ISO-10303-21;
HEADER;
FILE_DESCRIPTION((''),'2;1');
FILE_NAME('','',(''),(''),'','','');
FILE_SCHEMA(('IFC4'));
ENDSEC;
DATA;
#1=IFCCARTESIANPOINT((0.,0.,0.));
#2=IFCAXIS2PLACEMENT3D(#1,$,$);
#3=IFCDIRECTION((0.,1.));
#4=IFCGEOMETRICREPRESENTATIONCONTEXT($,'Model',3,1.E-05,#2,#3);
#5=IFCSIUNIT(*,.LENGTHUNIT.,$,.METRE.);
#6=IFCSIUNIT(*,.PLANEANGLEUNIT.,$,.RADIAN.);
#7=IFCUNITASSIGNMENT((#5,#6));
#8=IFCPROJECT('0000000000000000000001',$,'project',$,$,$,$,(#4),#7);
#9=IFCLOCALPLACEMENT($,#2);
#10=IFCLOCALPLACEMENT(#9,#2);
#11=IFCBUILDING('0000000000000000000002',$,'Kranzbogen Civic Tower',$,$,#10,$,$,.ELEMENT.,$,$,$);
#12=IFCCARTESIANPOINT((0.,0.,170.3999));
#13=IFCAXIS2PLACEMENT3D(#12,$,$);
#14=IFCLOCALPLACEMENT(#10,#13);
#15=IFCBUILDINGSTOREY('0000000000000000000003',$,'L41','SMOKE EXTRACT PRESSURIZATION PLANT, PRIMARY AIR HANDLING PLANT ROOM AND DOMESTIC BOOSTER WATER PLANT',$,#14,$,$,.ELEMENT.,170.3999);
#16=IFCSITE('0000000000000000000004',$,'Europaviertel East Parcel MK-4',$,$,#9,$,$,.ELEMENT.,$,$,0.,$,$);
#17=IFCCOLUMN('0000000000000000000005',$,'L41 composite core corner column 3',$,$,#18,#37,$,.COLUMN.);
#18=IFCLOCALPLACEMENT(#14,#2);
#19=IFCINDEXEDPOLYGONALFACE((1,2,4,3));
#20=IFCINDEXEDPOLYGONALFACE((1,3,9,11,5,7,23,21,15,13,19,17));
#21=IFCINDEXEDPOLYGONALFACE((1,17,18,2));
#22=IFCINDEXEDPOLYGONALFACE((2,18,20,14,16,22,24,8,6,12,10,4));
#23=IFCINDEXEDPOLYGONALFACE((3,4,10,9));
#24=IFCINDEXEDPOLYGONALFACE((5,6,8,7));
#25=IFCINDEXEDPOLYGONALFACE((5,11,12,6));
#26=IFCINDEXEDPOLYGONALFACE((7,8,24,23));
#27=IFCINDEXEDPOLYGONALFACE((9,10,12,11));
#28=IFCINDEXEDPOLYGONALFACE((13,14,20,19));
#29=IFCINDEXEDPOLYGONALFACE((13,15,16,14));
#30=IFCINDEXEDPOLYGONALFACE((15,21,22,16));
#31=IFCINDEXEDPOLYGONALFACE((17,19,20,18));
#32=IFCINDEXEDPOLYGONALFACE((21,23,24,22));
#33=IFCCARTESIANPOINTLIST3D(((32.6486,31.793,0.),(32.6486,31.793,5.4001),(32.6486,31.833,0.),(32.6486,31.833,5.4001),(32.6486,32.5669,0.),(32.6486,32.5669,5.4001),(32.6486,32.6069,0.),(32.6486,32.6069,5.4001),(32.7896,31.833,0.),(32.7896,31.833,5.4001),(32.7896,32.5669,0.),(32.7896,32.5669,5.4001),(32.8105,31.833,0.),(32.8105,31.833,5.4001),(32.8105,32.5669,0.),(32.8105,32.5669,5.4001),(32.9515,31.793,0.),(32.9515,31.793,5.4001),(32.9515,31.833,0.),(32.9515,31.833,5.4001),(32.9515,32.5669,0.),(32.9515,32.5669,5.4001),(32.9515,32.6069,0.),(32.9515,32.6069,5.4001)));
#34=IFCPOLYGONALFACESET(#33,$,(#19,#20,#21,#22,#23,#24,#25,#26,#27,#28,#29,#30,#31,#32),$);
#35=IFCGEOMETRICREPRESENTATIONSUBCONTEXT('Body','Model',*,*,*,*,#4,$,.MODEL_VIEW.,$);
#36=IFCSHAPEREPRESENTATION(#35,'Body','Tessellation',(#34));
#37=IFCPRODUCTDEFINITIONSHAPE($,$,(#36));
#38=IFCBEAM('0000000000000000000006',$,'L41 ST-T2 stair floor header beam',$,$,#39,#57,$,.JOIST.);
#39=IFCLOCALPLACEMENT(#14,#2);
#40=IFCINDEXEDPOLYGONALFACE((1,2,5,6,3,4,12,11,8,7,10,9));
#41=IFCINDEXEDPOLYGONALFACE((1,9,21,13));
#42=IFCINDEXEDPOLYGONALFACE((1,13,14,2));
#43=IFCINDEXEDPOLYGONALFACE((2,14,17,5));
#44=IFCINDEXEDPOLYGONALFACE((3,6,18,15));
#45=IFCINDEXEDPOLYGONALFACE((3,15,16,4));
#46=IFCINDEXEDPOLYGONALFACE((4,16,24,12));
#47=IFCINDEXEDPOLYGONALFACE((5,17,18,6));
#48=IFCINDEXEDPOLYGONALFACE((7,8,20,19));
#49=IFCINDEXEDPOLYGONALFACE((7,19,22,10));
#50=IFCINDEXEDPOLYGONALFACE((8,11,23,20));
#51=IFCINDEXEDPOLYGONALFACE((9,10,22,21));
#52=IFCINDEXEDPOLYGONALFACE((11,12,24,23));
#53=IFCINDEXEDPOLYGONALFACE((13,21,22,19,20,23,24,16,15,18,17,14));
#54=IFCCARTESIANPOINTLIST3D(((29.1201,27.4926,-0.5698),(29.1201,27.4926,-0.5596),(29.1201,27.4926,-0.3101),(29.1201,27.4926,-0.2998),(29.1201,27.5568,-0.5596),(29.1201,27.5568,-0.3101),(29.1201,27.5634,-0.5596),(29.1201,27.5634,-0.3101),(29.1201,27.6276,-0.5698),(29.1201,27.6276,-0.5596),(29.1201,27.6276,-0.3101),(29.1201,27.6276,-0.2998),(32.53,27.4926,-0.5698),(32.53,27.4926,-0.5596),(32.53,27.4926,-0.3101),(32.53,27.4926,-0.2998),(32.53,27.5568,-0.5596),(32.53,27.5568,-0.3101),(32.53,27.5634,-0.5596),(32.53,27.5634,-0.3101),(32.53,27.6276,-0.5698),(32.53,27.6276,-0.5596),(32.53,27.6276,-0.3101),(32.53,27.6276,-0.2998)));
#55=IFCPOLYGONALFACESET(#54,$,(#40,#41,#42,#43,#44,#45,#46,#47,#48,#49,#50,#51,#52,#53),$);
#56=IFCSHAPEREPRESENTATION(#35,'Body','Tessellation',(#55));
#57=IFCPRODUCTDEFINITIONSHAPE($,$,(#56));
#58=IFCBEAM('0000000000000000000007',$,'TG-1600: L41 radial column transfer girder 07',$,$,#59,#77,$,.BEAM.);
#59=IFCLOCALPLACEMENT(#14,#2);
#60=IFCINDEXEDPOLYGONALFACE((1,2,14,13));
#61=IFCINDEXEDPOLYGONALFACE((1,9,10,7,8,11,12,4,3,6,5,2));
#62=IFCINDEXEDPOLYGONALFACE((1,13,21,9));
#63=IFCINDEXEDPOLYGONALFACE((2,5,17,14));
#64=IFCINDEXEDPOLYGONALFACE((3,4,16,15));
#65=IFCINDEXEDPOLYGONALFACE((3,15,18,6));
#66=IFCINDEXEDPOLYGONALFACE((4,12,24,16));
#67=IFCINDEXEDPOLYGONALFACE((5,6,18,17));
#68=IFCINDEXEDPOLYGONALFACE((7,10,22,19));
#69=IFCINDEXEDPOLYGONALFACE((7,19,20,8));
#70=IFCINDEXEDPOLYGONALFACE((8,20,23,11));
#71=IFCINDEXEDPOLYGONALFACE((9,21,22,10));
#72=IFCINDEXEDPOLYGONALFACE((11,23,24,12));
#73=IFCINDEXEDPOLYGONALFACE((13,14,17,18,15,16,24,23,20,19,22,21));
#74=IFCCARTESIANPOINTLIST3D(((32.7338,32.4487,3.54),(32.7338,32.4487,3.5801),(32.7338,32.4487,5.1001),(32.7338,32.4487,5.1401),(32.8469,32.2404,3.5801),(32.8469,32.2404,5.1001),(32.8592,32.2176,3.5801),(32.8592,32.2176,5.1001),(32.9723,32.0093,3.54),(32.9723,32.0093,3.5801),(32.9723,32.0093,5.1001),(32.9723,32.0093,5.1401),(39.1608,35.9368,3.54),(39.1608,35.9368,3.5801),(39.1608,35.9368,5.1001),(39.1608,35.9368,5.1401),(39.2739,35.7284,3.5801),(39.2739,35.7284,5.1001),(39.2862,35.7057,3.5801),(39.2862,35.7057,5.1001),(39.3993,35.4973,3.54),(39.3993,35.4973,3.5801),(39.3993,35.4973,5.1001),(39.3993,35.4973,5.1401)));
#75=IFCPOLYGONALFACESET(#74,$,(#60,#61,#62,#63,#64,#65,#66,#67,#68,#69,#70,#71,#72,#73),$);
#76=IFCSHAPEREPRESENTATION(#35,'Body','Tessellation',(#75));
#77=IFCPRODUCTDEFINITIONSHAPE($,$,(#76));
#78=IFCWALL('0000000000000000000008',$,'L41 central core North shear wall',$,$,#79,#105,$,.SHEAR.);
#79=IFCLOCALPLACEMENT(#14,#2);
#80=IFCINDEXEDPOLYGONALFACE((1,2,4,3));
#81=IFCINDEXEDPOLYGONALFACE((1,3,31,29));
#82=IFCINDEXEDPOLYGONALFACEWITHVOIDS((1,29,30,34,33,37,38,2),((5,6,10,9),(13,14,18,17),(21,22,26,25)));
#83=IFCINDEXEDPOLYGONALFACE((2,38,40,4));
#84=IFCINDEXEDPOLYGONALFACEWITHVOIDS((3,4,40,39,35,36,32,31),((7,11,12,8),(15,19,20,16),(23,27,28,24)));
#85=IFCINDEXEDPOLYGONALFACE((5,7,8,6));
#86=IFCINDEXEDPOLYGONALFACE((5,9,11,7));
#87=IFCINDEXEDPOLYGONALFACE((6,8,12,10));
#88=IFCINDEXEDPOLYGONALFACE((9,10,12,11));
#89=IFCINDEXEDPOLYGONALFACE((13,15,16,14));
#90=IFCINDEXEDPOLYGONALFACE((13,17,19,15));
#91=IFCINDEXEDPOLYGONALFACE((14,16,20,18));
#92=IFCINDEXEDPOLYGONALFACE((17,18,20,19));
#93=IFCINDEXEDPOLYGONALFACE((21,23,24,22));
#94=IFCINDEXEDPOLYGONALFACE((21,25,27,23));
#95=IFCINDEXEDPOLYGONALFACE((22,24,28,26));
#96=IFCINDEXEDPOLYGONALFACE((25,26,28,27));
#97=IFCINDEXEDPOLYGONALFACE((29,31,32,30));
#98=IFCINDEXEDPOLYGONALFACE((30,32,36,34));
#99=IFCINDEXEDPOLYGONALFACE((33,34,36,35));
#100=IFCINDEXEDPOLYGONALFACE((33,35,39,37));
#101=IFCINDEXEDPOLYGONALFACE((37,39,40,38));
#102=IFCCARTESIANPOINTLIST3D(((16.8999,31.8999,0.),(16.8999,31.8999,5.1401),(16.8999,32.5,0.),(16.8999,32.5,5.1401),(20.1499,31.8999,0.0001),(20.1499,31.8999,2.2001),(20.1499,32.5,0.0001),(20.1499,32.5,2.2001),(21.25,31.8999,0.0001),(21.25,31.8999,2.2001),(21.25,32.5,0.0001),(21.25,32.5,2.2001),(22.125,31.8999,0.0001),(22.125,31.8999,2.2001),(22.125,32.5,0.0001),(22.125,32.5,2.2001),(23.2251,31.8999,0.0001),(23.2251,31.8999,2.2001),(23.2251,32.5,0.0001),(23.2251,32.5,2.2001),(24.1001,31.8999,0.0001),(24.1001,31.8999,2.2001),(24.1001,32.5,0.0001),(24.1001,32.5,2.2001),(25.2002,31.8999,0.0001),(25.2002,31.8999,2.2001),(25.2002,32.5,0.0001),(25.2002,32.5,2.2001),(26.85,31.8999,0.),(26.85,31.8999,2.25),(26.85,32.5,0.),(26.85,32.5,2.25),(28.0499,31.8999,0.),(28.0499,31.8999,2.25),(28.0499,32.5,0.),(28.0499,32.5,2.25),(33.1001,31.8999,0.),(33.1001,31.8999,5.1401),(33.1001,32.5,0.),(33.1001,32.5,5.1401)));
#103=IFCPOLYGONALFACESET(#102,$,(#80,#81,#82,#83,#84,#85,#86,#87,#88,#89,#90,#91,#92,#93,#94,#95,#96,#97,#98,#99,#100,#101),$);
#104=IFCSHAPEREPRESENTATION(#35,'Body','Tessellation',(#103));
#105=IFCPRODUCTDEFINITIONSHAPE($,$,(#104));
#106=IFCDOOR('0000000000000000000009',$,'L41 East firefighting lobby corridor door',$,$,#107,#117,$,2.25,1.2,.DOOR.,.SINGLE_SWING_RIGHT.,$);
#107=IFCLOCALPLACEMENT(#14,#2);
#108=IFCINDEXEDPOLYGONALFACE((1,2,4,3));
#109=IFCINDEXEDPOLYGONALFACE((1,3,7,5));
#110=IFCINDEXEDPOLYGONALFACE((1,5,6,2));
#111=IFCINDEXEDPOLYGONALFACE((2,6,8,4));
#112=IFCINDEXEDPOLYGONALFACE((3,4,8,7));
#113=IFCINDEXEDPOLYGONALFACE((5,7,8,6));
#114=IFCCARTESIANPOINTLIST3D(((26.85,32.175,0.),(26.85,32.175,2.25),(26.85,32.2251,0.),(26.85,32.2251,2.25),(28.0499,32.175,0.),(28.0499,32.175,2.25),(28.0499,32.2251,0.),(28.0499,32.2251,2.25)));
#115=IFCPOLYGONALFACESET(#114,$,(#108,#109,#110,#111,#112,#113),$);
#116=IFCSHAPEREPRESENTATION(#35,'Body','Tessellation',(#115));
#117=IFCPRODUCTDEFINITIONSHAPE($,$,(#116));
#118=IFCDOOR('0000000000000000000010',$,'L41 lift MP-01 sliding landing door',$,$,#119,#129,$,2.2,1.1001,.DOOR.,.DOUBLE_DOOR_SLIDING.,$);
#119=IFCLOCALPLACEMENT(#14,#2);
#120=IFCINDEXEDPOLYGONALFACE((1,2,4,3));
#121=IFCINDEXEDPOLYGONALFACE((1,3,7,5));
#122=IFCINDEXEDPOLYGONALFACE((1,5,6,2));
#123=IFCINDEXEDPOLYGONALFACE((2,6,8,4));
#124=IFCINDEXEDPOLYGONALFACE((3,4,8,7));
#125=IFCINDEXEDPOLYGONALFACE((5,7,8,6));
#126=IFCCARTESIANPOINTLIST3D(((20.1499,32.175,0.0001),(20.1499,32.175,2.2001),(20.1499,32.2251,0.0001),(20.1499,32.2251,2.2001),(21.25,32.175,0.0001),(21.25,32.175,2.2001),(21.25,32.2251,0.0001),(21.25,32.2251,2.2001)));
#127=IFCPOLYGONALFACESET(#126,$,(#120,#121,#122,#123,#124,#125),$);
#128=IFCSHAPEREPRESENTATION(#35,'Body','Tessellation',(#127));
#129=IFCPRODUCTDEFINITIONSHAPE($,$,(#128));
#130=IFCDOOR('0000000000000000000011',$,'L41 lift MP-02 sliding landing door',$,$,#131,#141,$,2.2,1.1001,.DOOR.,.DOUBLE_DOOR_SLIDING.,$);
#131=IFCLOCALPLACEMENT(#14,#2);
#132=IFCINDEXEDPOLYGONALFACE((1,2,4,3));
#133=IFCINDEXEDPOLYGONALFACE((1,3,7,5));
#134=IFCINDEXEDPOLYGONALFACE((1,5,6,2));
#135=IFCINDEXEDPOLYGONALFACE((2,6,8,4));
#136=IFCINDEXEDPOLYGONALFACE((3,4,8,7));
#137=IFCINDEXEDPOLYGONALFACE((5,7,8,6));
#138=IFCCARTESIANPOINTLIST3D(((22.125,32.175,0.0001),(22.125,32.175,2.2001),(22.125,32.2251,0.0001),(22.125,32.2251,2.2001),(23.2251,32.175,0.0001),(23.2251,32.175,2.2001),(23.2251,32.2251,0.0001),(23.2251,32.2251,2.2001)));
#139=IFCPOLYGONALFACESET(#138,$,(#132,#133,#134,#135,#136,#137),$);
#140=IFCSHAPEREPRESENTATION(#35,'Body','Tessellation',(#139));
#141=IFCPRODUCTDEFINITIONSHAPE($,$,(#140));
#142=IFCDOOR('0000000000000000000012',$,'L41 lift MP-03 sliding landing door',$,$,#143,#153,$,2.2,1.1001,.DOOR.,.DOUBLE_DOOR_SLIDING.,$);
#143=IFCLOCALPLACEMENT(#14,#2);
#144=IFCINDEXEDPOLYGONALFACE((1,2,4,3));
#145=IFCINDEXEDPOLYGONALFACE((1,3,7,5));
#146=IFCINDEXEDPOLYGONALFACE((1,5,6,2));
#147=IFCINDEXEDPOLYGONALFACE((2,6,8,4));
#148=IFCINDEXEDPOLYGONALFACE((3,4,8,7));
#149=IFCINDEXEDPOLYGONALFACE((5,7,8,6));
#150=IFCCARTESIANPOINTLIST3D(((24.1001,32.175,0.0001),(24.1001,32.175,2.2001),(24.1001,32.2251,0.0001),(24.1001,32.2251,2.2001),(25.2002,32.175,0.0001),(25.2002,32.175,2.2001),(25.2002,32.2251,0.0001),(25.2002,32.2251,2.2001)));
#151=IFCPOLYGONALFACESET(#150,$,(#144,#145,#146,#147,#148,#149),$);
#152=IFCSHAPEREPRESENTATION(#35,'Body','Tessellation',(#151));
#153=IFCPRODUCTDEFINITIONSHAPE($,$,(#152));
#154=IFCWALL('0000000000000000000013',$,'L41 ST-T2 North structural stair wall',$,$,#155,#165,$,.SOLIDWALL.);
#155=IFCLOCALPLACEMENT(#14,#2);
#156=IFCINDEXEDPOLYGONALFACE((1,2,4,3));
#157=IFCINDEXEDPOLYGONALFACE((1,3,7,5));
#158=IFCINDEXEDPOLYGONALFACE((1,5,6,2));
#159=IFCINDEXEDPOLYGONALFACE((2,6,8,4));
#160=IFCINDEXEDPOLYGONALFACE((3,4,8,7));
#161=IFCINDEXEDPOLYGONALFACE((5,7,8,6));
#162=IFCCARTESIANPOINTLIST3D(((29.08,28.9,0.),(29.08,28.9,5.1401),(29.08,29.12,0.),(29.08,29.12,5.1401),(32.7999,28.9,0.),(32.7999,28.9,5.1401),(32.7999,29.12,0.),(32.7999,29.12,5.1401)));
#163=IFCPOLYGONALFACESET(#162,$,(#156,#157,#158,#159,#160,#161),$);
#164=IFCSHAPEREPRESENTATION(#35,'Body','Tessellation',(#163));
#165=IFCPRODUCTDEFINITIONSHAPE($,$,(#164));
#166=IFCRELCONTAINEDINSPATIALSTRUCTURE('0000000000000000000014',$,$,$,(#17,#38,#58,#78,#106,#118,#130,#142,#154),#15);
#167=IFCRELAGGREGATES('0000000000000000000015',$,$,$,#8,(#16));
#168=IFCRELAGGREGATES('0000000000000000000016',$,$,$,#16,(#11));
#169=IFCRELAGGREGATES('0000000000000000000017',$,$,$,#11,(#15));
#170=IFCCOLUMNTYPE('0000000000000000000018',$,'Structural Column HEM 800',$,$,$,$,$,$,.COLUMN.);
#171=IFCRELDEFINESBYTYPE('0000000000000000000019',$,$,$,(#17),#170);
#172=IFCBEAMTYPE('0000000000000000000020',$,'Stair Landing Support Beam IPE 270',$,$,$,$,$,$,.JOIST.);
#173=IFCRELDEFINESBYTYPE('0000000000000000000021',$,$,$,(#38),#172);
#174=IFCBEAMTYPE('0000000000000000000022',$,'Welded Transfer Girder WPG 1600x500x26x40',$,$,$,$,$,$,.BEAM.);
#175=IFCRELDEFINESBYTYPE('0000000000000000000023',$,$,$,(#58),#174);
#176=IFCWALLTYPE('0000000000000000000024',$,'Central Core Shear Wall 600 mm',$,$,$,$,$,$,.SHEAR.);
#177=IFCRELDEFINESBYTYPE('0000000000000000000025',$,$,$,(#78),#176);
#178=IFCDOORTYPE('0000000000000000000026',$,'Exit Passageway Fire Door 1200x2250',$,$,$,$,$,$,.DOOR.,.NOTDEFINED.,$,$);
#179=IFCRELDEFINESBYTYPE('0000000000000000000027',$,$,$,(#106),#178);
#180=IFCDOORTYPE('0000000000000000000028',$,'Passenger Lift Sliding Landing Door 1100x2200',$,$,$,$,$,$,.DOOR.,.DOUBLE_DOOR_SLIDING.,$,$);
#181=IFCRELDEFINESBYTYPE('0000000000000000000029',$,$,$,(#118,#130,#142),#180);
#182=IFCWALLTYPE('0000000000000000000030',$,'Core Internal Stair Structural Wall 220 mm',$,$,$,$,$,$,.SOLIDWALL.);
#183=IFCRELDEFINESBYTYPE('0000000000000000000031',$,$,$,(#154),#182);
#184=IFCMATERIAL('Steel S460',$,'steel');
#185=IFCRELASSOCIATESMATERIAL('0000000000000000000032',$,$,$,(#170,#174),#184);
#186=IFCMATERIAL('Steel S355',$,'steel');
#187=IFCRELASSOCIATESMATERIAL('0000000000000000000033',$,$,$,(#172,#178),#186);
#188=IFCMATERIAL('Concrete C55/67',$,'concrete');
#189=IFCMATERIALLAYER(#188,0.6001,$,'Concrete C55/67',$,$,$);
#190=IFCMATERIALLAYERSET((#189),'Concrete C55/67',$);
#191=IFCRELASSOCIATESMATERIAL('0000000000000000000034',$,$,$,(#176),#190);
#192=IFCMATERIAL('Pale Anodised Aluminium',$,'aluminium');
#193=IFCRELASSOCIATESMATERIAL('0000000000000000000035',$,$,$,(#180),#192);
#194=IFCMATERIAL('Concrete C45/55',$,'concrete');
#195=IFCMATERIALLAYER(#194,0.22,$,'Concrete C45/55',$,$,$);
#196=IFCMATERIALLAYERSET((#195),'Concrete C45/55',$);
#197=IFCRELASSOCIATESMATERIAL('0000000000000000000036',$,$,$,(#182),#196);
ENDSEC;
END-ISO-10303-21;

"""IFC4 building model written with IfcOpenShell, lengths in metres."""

from ifc_helpers import new_model, si_unit, direction, frame, frame_2d, origin, origin_2d, place, context, subcontext, project, spatial, rectangle, i_section, extrude, material, layer, layer_set, material_profile, profile_set, type_object, element, fill, save


model = new_model("IFC4")

# Units and contexts
model_context = context("Model", 3, precision=1e-05, world=origin(), true_north=direction((0.0, 1.0)))
body_context = subcontext(model_context, "Body", "Model", "MODEL_VIEW")
ifc_project = project(units=[si_unit("LENGTHUNIT", "METRE"), si_unit("PLANEANGLEUNIT", "RADIAN")], contexts=[model_context])

# Site, building, storey
site_placement = place(None, origin())
site = spatial("IfcSite", under=ifc_project, at=site_placement, Name="Europaviertel East Parcel MK-4", CompositionType="ELEMENT", RefElevation=0.0)
building_placement = place(site_placement, origin())
building = spatial("IfcBuilding", under=site, at=building_placement, Name="Kranzbogen Civic Tower", CompositionType="ELEMENT")
storey_placement = place(building_placement, frame((0.0, 0.0, 170.3999)))
storey = spatial("IfcBuildingStorey", under=building, at=storey_placement, Name="L41", Description="SMOKE EXTRACT PRESSURIZATION PLANT, PRIMARY AIR HANDLING PLANT ROOM AND DOMESTIC BOOSTER WATER PLANT", CompositionType="ELEMENT", Elevation=170.3999)

# Column
ifc_material_1 = material(Name="Steel S460", Category="steel")
ifc_material_profile_1 = material_profile(ifc_material_1, i_section(OverallWidth=0.303, OverallDepth=0.814, WebThickness=0.021, FlangeThickness=0.04, at=origin_2d()), Name="HEM 800")
ifc_profile_set_1 = profile_set([ifc_material_profile_1], Name="Steel S460")
column_type = type_object("IfcColumnType", Name="Structural Column HEM 800", PredefinedType="COLUMN", material=ifc_profile_set_1)
column_placement = place(storey_placement, frame((32.8, 32.2, 0.0), z_axis=(0.0, 0.0, 1.0), x_axis=(1.0, 0.0, 0.0)))
element("IfcColumn", 1, at=column_placement, inside=storey, type_object=column_type, Name="L41 composite core corner column 3", PredefinedType="COLUMN", context=body_context, shape_type="SweptSolid", body=[
    extrude(i_section(OverallWidth=0.303, OverallDepth=0.814, WebThickness=0.021, FlangeThickness=0.04, at=origin_2d()), origin(), (0.0, 0.0, 1.0), 5.4001),
])

# Beams
ifc_material_2 = material(Name="Steel S355", Category="steel")
ifc_material_profile_2 = material_profile(ifc_material_2, i_section(OverallWidth=0.135, OverallDepth=0.27, WebThickness=0.0066, FlangeThickness=0.0103, at=origin_2d()), Name="IPE 270")
ifc_profile_set_2 = profile_set([ifc_material_profile_2], Name="Steel S355")
beam_type_1 = type_object("IfcBeamType", Name="Stair Landing Support Beam IPE 270", PredefinedType="JOIST", material=ifc_profile_set_2)
beam_1_placement = place(storey_placement, frame((29.1201, 27.5601, -0.4348), z_axis=(1.0, 0.0, 0.0), x_axis=(0.0, 1.0, 0.0)))
element("IfcBeam", 2, at=beam_1_placement, inside=storey, type_object=beam_type_1, Name="L41 ST-T2 stair floor header beam", PredefinedType="JOIST", context=body_context, shape_type="SweptSolid", body=[
    extrude(i_section(OverallWidth=0.135, OverallDepth=0.27, WebThickness=0.0066, FlangeThickness=0.0103, at=origin_2d()), origin(), (0.0, 0.0, 1.0), 3.4099),
])
ifc_material_profile_3 = material_profile(ifc_material_1, i_section(OverallWidth=0.5, OverallDepth=1.6001, WebThickness=0.0259, FlangeThickness=0.04, at=origin_2d()), Name="WPG 1600x500x26x40")
ifc_profile_set_3 = profile_set([ifc_material_profile_3], Name="Steel S460")
beam_type_2 = type_object("IfcBeamType", Name="Welded Transfer Girder WPG 1600x500x26x40", PredefinedType="BEAM", material=ifc_profile_set_3)
beam_2_placement = place(storey_placement, frame((32.853, 32.229, 4.3401), z_axis=(0.878905, 0.476996, 0.0), x_axis=(-0.476996, 0.878905, 0.0)))
element("IfcBeam", 3, at=beam_2_placement, inside=storey, type_object=beam_type_2, Name="TG-1600: L41 radial column transfer girder 07", PredefinedType="BEAM", context=body_context, shape_type="SweptSolid", body=[
    extrude(i_section(OverallWidth=0.5, OverallDepth=1.6001, WebThickness=0.0259, FlangeThickness=0.04, at=origin_2d()), origin(), (0.0, 0.0, 1.0), 7.3125),
])

# Wall, openings, doors
ifc_material_3 = material(Name="Concrete C55/67", Category="concrete")
ifc_layer_1 = layer(ifc_material_3, 0.6001, Name="Concrete C55/67")
ifc_layer_set_1 = layer_set([ifc_layer_1], Name="Concrete C55/67")
wall_type_1 = type_object("IfcWallType", Name="Central Core Shear Wall 600 mm", PredefinedType="SHEAR", material=ifc_layer_set_1)
wall_1_placement = place(storey_placement, frame((33.1001, 32.2, 0.0), z_axis=(0.0, 0.0, 1.0), x_axis=(-1.0, 0.0, 0.0)))
wall_1 = element("IfcWall", 4, at=wall_1_placement, inside=storey, type_object=wall_type_1, Name="L41 central core North shear wall", PredefinedType="SHEAR", context=body_context, shape_type="SweptSolid", body=[
    extrude(rectangle(XDim=16.2002, YDim=0.6001, at=frame_2d((8.1001, 0.0))), origin(), (0.0, 0.0, 1.0), 5.1401),
])
opening_1_placement = place(wall_1_placement, frame((5.05, 0.0, 0.0)))
opening_1 = element("IfcOpeningElement", 5, at=opening_1_placement, cuts=wall_1, PredefinedType="OPENING", context=body_context, shape_type="SweptSolid", body=[
    extrude(rectangle(XDim=1.2, YDim=2.25, at=frame_2d((0.6001, 1.125))), frame((0.0, 0.3101, 0.0), z_axis=(0.0, -1.0, 0.0), x_axis=(1.0, 0.0, 0.0)), (0.0, 0.0, 1.0), 0.6201),
])
opening_2_placement = place(wall_1_placement, frame((11.8501, 0.0, 0.0)))
opening_2 = element("IfcOpeningElement", 6, at=opening_2_placement, cuts=wall_1, PredefinedType="OPENING", context=body_context, shape_type="SweptSolid", body=[
    extrude(rectangle(XDim=1.1001, YDim=2.2, at=frame_2d((0.55, 1.1001))), frame((0.0, 0.3101, 0.0), z_axis=(0.0, -1.0, 0.0), x_axis=(1.0, 0.0, 0.0)), (0.0, 0.0, 1.0), 0.6201),
])
opening_3_placement = place(wall_1_placement, frame((9.875, 0.0, 0.0)))
opening_3 = element("IfcOpeningElement", 7, at=opening_3_placement, cuts=wall_1, PredefinedType="OPENING", context=body_context, shape_type="SweptSolid", body=[
    extrude(rectangle(XDim=1.1001, YDim=2.2, at=frame_2d((0.55, 1.1001))), frame((0.0, 0.3101, 0.0), z_axis=(0.0, -1.0, 0.0), x_axis=(1.0, 0.0, 0.0)), (0.0, 0.0, 1.0), 0.6201),
])
opening_4_placement = place(wall_1_placement, frame((7.8999, 0.0, 0.0)))
opening_4 = element("IfcOpeningElement", 8, at=opening_4_placement, cuts=wall_1, PredefinedType="OPENING", context=body_context, shape_type="SweptSolid", body=[
    extrude(rectangle(XDim=1.1001, YDim=2.2, at=frame_2d((0.55, 1.1001))), frame((0.0, 0.3101, 0.0), z_axis=(0.0, -1.0, 0.0), x_axis=(1.0, 0.0, 0.0)), (0.0, 0.0, 1.0), 0.6201),
])
door_type_1 = type_object("IfcDoorType", Name="Exit Passageway Fire Door 1200x2250", OperationType="NOTDEFINED", PredefinedType="DOOR", material=ifc_material_2)
door_1_placement = place(opening_1_placement, origin())
door_1 = element("IfcDoor", 9, at=door_1_placement, inside=storey, type_object=door_type_1, Name="L41 East firefighting lobby corridor door", OperationType="SINGLE_SWING_RIGHT", OverallHeight=2.25, OverallWidth=1.2, PredefinedType="DOOR", context=body_context, shape_type="SweptSolid", body=[
    extrude(rectangle(XDim=1.2, YDim=2.25, at=frame_2d((0.6001, 1.125))), frame((0.0, 0.0249, 0.0), z_axis=(0.0, -1.0, 0.0), x_axis=(1.0, 0.0, 0.0)), (0.0, 0.0, 1.0), 0.05),
])
fill(opening_1, door_1)
ifc_material_4 = material(Name="Pale Anodised Aluminium", Category="aluminium")
door_type_2 = type_object("IfcDoorType", Name="Passenger Lift Sliding Landing Door 1100x2200", OperationType="DOUBLE_DOOR_SLIDING", PredefinedType="DOOR", material=ifc_material_4)
door_2_placement = place(opening_2_placement, origin())
door_2 = element("IfcDoor", 10, at=door_2_placement, inside=storey, type_object=door_type_2, Name="L41 lift MP-01 sliding landing door", OperationType="DOUBLE_DOOR_SLIDING", OverallHeight=2.2, OverallWidth=1.1001, PredefinedType="DOOR", context=body_context, shape_type="SweptSolid", body=[
    extrude(rectangle(XDim=1.1001, YDim=2.2, at=frame_2d((0.55, 1.1001))), frame((0.0, 0.0249, 0.0), z_axis=(0.0, -1.0, 0.0), x_axis=(1.0, 0.0, 0.0)), (0.0, 0.0, 1.0), 0.05),
])
fill(opening_2, door_2)
door_3_placement = place(opening_3_placement, origin())
door_3 = element("IfcDoor", 11, at=door_3_placement, inside=storey, type_object=door_type_2, Name="L41 lift MP-02 sliding landing door", OperationType="DOUBLE_DOOR_SLIDING", OverallHeight=2.2, OverallWidth=1.1001, PredefinedType="DOOR", context=body_context, shape_type="SweptSolid", body=[
    extrude(rectangle(XDim=1.1001, YDim=2.2, at=frame_2d((0.55, 1.1001))), frame((0.0, 0.0249, 0.0), z_axis=(0.0, -1.0, 0.0), x_axis=(1.0, 0.0, 0.0)), (0.0, 0.0, 1.0), 0.05),
])
fill(opening_3, door_3)
door_4_placement = place(opening_4_placement, origin())
door_4 = element("IfcDoor", 12, at=door_4_placement, inside=storey, type_object=door_type_2, Name="L41 lift MP-03 sliding landing door", OperationType="DOUBLE_DOOR_SLIDING", OverallHeight=2.2, OverallWidth=1.1001, PredefinedType="DOOR", context=body_context, shape_type="SweptSolid", body=[
    extrude(rectangle(XDim=1.1001, YDim=2.2, at=frame_2d((0.55, 1.1001))), frame((0.0, 0.0249, 0.0), z_axis=(0.0, -1.0, 0.0), x_axis=(1.0, 0.0, 0.0)), (0.0, 0.0, 1.0), 0.05),
])
fill(opening_4, door_4)

# Wall
ifc_material_5 = material(Name="Concrete C45/55", Category="concrete")
ifc_layer_2 = layer(ifc_material_5, 0.22, Name="Concrete C45/55")
ifc_layer_set_2 = layer_set([ifc_layer_2], Name="Concrete C45/55")
wall_type_2 = type_object("IfcWallType", Name="Core Internal Stair Structural Wall 220 mm", PredefinedType="SOLIDWALL", material=ifc_layer_set_2)
wall_2_placement = place(storey_placement, frame((29.0801, 29.01, 0.0), z_axis=(0.0, 0.0, 1.0), x_axis=(1.0, 0.0, 0.0)))
element("IfcWall", 13, at=wall_2_placement, inside=storey, type_object=wall_type_2, Name="L41 ST-T2 North structural stair wall", PredefinedType="SOLIDWALL", context=body_context, shape_type="SweptSolid", body=[
    extrude(rectangle(XDim=3.72, YDim=0.22, at=frame_2d((1.8599, 0.0))), origin(), (0.0, 0.0, 1.0), 5.1401),
])

save(model, "model.ifc")
